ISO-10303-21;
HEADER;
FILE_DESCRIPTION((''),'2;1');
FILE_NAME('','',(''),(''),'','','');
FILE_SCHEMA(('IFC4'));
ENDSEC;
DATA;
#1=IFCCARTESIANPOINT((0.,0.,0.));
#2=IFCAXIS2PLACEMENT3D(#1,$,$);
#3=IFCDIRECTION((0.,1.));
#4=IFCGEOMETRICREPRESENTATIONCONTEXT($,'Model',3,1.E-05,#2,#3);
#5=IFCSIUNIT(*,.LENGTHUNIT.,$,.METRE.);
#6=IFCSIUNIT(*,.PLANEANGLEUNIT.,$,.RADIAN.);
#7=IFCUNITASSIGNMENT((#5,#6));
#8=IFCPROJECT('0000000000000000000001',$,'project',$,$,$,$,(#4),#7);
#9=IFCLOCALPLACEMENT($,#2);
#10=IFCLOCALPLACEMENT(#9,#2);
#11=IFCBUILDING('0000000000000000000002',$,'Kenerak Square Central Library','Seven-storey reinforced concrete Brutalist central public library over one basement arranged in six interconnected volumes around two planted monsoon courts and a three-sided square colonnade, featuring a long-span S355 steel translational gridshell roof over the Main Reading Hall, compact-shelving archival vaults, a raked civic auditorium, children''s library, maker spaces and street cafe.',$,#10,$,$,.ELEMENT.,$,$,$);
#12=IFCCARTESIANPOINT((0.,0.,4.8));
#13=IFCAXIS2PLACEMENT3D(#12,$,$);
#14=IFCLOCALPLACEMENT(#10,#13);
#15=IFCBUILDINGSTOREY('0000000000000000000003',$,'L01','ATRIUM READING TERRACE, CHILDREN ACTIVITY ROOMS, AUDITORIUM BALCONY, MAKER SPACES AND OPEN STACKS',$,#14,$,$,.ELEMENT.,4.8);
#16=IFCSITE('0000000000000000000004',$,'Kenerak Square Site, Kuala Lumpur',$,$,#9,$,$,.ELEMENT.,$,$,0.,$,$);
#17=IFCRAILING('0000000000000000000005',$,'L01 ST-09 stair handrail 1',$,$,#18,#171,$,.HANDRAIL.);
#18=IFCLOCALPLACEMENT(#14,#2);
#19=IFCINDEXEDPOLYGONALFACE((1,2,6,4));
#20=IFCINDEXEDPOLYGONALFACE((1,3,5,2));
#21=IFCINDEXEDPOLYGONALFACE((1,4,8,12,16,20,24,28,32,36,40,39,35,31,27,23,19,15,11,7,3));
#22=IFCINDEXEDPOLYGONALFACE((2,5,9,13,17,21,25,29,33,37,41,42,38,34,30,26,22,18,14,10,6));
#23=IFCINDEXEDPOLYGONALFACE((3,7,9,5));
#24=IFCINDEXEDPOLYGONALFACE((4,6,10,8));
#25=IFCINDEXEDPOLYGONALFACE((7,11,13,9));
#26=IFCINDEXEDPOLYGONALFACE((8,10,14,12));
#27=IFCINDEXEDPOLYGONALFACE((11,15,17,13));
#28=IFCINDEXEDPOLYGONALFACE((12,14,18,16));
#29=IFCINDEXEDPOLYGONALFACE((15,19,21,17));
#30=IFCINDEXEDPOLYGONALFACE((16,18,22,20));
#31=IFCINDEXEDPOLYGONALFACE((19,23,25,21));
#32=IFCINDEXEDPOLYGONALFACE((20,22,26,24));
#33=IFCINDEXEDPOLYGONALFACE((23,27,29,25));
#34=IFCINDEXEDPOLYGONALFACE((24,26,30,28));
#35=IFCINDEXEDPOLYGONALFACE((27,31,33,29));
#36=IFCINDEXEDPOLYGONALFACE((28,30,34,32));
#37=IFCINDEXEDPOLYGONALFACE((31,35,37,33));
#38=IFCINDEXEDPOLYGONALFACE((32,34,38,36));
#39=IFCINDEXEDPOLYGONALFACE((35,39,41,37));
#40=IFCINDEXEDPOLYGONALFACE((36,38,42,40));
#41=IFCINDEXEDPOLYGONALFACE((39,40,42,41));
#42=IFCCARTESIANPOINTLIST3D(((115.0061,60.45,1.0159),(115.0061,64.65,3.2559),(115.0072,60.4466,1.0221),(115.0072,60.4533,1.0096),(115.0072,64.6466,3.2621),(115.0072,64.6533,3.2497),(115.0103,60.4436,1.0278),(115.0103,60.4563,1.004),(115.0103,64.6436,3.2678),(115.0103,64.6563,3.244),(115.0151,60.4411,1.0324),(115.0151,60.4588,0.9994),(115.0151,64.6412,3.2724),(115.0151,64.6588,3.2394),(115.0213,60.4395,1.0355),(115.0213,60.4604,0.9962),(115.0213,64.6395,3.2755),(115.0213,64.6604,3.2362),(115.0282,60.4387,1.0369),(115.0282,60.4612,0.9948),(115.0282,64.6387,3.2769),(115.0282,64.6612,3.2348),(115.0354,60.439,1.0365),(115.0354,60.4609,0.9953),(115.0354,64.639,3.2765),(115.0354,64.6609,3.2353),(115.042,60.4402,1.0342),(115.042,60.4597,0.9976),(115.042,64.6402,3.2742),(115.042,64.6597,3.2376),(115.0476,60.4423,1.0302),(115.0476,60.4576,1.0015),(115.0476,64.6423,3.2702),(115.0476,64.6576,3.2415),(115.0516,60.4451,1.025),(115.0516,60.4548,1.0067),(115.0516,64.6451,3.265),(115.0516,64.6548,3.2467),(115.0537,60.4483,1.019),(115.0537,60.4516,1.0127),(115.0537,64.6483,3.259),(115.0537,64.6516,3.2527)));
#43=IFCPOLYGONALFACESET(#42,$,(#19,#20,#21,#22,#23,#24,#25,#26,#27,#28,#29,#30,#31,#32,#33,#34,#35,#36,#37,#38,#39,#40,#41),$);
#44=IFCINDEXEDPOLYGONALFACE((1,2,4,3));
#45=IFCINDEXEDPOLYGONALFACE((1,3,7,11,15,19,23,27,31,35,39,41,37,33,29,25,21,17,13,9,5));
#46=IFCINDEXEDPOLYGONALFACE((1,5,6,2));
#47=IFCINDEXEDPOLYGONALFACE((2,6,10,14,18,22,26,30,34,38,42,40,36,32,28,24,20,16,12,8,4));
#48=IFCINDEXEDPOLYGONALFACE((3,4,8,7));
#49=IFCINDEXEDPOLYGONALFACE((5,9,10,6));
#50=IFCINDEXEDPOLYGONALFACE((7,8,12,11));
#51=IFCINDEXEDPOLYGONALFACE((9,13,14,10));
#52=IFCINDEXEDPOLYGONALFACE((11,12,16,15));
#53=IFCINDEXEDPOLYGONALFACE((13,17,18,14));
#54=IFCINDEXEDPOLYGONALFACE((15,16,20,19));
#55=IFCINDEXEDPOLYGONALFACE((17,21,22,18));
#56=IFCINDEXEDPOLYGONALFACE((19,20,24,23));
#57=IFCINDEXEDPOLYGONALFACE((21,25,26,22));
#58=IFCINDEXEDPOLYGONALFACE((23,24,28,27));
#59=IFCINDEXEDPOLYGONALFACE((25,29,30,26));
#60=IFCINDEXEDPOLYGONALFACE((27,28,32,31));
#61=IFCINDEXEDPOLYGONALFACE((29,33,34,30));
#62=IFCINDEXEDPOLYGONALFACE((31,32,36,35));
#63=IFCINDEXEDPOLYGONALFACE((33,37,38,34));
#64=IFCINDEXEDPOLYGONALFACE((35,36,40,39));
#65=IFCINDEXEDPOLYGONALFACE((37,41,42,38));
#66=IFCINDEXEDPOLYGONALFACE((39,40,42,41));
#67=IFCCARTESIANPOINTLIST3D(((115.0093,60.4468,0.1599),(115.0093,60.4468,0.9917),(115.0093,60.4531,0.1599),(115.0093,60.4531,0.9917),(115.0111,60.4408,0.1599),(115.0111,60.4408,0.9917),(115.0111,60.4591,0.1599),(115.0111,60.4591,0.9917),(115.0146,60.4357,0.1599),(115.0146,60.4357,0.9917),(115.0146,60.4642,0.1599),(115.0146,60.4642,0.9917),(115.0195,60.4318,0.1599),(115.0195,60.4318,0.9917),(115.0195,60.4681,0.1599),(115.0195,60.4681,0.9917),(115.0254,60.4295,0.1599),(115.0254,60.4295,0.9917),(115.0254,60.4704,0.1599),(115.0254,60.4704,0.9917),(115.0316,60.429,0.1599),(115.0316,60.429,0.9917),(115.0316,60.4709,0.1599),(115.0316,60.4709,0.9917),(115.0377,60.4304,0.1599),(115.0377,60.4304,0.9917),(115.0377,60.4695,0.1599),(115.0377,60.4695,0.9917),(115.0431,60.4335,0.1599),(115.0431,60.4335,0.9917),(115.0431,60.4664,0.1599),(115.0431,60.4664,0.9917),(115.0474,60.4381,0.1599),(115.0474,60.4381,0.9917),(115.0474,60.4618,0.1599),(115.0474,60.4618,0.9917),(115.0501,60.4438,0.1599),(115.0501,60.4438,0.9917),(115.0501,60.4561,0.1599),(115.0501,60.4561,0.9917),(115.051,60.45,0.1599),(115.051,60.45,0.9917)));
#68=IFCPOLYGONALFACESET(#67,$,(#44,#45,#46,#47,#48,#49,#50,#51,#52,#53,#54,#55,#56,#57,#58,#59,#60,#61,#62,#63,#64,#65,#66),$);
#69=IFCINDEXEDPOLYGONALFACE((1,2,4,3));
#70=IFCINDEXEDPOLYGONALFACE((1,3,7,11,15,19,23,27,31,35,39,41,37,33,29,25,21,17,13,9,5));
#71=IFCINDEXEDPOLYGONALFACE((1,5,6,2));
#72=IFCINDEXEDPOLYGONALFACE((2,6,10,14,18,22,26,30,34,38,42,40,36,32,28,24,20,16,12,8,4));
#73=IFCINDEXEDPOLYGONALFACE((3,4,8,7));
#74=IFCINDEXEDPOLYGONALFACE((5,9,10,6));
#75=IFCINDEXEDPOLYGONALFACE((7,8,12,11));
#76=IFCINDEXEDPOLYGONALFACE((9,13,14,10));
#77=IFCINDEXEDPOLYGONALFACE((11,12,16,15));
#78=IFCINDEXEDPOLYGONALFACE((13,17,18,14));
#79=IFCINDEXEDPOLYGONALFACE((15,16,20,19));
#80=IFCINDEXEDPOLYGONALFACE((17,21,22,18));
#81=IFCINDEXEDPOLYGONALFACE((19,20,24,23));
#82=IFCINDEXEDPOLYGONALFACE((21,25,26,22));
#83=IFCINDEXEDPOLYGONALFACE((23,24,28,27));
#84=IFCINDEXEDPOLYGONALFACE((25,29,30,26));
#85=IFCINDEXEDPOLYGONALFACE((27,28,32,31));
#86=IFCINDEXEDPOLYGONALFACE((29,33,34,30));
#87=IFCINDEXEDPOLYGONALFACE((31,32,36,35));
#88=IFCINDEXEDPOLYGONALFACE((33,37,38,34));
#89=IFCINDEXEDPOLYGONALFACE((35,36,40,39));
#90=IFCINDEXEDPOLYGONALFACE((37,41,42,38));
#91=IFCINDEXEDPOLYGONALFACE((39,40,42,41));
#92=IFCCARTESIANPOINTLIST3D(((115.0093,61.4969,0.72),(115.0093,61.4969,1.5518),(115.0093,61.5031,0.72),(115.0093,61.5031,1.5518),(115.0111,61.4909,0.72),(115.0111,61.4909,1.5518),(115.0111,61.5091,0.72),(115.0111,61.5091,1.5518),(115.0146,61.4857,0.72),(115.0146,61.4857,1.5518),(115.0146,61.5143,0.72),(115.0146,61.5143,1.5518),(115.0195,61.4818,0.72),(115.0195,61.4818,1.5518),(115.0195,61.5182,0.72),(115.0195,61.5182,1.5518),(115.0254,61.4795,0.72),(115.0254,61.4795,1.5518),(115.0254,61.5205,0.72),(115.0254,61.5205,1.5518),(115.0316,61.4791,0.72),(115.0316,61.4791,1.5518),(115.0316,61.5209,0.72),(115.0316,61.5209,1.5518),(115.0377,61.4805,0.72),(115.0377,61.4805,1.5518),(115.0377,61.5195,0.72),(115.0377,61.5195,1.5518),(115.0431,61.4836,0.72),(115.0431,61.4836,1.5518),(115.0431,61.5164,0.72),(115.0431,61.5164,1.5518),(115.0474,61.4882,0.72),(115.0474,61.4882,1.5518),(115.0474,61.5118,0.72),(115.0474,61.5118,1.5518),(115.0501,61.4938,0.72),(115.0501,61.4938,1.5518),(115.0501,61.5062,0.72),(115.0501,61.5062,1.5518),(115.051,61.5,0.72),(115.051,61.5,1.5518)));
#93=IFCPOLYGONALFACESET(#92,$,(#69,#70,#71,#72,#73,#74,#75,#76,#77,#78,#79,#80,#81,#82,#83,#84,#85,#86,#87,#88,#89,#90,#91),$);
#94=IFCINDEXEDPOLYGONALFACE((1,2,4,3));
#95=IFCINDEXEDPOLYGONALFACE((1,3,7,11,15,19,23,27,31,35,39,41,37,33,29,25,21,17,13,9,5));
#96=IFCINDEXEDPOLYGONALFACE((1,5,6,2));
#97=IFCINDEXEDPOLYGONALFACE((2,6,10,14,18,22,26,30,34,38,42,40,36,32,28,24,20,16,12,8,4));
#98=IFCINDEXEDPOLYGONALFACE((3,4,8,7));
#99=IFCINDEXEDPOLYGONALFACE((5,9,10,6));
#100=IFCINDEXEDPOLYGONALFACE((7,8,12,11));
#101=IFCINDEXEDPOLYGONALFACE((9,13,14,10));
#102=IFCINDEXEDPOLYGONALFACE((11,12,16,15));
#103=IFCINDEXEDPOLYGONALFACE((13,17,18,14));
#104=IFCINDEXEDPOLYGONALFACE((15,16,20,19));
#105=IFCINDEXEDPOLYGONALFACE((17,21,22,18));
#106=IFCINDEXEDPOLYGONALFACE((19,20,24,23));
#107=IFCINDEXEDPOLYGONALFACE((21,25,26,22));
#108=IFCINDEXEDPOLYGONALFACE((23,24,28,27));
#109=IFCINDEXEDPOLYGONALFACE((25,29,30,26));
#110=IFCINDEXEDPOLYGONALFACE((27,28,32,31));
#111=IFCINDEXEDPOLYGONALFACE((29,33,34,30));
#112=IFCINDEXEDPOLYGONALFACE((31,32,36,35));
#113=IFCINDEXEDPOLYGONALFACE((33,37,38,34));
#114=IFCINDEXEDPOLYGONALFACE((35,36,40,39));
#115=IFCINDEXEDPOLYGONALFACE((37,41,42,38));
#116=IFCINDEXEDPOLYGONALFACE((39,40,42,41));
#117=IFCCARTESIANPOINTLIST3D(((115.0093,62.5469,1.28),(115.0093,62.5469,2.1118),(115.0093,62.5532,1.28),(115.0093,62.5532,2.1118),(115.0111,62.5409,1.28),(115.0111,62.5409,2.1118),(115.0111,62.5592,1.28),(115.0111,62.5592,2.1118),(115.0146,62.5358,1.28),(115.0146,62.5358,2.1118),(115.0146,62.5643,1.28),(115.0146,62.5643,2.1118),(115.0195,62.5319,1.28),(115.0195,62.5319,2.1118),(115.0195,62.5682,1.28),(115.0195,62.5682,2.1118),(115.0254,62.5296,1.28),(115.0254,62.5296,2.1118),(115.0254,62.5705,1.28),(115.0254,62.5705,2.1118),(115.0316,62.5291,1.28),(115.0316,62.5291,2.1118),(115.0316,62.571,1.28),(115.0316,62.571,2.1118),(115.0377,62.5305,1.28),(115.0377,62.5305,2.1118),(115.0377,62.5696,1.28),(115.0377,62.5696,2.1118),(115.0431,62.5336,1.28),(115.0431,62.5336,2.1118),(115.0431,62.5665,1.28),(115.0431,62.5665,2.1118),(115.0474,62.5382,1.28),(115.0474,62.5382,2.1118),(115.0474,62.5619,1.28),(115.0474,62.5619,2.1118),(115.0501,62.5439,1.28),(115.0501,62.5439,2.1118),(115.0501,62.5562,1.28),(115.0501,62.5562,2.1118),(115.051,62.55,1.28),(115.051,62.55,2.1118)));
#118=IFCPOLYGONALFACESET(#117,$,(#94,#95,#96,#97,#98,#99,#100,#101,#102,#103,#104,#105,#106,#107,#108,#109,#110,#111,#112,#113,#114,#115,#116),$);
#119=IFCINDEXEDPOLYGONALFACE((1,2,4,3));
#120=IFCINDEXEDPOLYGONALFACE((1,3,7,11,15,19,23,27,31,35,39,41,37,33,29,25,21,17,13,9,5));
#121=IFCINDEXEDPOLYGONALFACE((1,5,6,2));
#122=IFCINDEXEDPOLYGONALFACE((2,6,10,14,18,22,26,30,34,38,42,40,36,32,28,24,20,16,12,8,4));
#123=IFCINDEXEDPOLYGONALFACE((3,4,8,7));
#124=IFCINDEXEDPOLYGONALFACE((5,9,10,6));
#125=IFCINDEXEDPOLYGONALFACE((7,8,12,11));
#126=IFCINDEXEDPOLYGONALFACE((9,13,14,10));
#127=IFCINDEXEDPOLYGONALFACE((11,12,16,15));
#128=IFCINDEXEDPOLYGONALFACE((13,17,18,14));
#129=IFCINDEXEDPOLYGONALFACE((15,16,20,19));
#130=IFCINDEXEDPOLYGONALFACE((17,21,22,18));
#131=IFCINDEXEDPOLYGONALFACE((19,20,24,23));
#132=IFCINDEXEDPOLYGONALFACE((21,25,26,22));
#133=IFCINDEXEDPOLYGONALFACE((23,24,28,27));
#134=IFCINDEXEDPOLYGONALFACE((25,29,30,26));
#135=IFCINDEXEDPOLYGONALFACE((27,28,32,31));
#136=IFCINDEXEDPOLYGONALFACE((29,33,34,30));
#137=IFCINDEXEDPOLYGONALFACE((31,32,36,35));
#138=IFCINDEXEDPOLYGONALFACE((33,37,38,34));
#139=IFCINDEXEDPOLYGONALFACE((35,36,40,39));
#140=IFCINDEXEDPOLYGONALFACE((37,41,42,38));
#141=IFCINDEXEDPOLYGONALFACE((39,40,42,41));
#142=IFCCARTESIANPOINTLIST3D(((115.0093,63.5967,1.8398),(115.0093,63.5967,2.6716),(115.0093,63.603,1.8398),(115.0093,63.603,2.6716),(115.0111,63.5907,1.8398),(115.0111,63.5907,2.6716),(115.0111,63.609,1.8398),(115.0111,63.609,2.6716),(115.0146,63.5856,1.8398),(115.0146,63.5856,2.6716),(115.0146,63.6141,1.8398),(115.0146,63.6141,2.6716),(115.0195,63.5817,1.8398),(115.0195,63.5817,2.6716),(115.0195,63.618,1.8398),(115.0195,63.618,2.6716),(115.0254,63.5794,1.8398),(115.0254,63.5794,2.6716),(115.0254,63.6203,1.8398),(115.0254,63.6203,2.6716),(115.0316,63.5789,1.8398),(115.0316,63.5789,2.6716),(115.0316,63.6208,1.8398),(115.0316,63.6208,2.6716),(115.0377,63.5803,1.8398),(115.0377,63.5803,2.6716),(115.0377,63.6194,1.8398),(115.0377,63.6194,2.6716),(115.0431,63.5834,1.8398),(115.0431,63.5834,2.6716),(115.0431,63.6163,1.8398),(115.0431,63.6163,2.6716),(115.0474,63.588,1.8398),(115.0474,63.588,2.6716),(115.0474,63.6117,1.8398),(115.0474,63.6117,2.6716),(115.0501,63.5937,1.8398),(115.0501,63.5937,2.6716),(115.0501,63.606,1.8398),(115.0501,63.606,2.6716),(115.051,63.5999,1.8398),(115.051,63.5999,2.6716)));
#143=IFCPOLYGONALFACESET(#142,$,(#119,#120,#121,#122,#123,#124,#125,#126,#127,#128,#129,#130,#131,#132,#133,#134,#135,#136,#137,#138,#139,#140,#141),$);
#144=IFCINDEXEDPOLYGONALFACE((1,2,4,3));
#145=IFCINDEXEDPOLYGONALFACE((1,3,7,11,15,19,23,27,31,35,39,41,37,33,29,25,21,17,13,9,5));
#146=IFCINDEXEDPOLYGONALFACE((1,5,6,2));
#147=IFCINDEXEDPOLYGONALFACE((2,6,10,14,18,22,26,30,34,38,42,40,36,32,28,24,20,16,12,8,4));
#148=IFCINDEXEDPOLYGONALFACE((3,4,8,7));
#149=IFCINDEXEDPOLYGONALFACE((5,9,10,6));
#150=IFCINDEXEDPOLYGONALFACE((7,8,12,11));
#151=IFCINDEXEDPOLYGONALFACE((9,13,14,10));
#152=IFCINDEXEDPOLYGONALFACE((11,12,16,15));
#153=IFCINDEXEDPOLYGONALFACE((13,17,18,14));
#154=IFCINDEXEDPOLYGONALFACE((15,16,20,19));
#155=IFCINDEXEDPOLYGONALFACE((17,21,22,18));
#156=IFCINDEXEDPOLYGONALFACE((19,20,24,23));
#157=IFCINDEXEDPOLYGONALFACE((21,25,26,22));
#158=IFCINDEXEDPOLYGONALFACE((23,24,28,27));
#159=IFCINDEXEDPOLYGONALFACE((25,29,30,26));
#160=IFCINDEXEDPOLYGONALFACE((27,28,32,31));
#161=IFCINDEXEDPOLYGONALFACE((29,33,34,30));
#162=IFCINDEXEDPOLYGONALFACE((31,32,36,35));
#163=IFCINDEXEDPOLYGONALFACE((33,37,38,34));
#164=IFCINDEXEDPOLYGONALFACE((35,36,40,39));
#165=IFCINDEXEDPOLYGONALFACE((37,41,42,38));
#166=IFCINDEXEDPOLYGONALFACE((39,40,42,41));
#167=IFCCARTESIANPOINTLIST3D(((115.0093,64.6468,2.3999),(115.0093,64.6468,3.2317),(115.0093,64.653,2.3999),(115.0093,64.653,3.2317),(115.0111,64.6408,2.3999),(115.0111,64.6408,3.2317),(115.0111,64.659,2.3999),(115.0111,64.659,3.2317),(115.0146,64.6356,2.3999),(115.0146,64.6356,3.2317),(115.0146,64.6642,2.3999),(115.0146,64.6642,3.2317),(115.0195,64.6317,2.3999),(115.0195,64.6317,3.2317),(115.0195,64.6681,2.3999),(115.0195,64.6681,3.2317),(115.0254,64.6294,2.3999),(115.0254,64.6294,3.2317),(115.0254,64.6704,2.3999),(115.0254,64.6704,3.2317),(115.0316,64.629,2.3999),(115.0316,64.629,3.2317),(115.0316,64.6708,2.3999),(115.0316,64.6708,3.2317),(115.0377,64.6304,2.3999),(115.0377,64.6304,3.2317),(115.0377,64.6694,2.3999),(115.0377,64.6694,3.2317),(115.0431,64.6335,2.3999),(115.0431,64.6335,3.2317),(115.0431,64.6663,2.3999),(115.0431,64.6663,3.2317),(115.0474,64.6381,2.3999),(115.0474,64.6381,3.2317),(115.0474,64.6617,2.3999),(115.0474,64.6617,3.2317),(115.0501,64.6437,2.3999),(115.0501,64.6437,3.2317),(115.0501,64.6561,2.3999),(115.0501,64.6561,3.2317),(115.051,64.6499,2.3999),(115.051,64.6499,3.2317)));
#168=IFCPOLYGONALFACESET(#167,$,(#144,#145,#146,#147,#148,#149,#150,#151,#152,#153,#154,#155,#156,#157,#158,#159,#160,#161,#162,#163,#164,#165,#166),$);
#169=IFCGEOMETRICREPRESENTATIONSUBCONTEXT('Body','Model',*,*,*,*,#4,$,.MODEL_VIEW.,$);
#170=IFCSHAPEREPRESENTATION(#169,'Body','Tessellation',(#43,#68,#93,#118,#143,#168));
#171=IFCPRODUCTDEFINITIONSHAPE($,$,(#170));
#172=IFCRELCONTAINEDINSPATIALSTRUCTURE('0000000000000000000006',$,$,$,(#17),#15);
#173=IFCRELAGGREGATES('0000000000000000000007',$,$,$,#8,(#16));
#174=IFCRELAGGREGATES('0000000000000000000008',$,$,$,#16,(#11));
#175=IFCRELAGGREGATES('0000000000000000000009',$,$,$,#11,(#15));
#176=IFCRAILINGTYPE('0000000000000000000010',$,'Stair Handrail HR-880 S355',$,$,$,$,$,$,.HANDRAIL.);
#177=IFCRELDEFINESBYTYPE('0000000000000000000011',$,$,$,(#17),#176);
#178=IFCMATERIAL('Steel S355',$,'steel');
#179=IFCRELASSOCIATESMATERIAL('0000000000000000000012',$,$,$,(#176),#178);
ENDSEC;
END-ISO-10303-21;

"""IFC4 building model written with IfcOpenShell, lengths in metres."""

from ifc_helpers import new_model, si_unit, direction, frame, origin, origin_2d, place, context, subcontext, project, spatial, circle, extrude, material, type_object, element, save


model = new_model("IFC4")

# Units and contexts
model_context = context("Model", 3, precision=1e-05, world=origin(), true_north=direction((0.0, 1.0)))
body_context = subcontext(model_context, "Body", "Model", "MODEL_VIEW")
ifc_project = project(units=[si_unit("LENGTHUNIT", "METRE"), si_unit("PLANEANGLEUNIT", "RADIAN")], contexts=[model_context])

# Site, building, storey
site_placement = place(None, origin())
site = spatial("IfcSite", under=ifc_project, at=site_placement, Name="Kenerak Square Site, Kuala Lumpur", CompositionType="ELEMENT", RefElevation=0.0)
building_placement = place(site_placement, origin())
building = spatial("IfcBuilding", under=site, at=building_placement, Name="Kenerak Square Central Library", Description="Seven-storey reinforced concrete Brutalist central public library over one basement arranged in six interconnected volumes around two planted monsoon courts and a three-sided square colonnade, featuring a long-span S355 steel translational gridshell roof over the Main Reading Hall, compact-shelving archival vaults, a raked civic auditorium, children's library, maker spaces and street cafe.", CompositionType="ELEMENT")
storey_placement = place(building_placement, frame((0.0, 0.0, 4.8)))
storey = spatial("IfcBuildingStorey", under=building, at=storey_placement, Name="L01", Description="ATRIUM READING TERRACE, CHILDREN ACTIVITY ROOMS, AUDITORIUM BALCONY, MAKER SPACES AND OPEN STACKS", CompositionType="ELEMENT", Elevation=4.8)

# Railing
ifc_material_1 = material(Name="Steel S355", Category="steel")
railing_type_1 = type_object("IfcRailingType", Name="Stair Handrail HR-880 S355", PredefinedType="HANDRAIL", material=ifc_material_1)
railing_1_placement = place(storey_placement, frame((115.03, 60.45, 0.1599)))
element("IfcRailing", 1, at=railing_1_placement, inside=storey, type_object=railing_type_1, Name="L01 ST-09 stair handrail 1", PredefinedType="HANDRAIL", context=body_context, shape_type="SweptSolid", body=[
    extrude(circle(Radius=0.0239, at=origin_2d()), frame((0.0, 0.0, 0.856), z_axis=(0.0, 0.882352, 0.470591), x_axis=(-1.0, 0.0, 0.0)), (0.0, 0.0, 1.0), 4.76),
    extrude(circle(Radius=0.021, at=origin_2d()), origin(), (0.0, 0.0, 1.0), 0.8318),
    extrude(circle(Radius=0.021, at=origin_2d()), frame((0.0, 1.05, 0.5601)), (0.0, 0.0, 1.0), 0.8318),
    extrude(circle(Radius=0.021, at=origin_2d()), frame((0.0, 2.1001, 1.1201)), (0.0, 0.0, 1.0), 0.8318),
    extrude(circle(Radius=0.021, at=origin_2d()), frame((0.0, 3.1499, 1.6799)), (0.0, 0.0, 1.0), 0.8318),
    extrude(circle(Radius=0.021, at=origin_2d()), frame((0.0, 4.2, 2.24)), (0.0, 0.0, 1.0), 0.8318),
])

save(model, "model.ifc")
